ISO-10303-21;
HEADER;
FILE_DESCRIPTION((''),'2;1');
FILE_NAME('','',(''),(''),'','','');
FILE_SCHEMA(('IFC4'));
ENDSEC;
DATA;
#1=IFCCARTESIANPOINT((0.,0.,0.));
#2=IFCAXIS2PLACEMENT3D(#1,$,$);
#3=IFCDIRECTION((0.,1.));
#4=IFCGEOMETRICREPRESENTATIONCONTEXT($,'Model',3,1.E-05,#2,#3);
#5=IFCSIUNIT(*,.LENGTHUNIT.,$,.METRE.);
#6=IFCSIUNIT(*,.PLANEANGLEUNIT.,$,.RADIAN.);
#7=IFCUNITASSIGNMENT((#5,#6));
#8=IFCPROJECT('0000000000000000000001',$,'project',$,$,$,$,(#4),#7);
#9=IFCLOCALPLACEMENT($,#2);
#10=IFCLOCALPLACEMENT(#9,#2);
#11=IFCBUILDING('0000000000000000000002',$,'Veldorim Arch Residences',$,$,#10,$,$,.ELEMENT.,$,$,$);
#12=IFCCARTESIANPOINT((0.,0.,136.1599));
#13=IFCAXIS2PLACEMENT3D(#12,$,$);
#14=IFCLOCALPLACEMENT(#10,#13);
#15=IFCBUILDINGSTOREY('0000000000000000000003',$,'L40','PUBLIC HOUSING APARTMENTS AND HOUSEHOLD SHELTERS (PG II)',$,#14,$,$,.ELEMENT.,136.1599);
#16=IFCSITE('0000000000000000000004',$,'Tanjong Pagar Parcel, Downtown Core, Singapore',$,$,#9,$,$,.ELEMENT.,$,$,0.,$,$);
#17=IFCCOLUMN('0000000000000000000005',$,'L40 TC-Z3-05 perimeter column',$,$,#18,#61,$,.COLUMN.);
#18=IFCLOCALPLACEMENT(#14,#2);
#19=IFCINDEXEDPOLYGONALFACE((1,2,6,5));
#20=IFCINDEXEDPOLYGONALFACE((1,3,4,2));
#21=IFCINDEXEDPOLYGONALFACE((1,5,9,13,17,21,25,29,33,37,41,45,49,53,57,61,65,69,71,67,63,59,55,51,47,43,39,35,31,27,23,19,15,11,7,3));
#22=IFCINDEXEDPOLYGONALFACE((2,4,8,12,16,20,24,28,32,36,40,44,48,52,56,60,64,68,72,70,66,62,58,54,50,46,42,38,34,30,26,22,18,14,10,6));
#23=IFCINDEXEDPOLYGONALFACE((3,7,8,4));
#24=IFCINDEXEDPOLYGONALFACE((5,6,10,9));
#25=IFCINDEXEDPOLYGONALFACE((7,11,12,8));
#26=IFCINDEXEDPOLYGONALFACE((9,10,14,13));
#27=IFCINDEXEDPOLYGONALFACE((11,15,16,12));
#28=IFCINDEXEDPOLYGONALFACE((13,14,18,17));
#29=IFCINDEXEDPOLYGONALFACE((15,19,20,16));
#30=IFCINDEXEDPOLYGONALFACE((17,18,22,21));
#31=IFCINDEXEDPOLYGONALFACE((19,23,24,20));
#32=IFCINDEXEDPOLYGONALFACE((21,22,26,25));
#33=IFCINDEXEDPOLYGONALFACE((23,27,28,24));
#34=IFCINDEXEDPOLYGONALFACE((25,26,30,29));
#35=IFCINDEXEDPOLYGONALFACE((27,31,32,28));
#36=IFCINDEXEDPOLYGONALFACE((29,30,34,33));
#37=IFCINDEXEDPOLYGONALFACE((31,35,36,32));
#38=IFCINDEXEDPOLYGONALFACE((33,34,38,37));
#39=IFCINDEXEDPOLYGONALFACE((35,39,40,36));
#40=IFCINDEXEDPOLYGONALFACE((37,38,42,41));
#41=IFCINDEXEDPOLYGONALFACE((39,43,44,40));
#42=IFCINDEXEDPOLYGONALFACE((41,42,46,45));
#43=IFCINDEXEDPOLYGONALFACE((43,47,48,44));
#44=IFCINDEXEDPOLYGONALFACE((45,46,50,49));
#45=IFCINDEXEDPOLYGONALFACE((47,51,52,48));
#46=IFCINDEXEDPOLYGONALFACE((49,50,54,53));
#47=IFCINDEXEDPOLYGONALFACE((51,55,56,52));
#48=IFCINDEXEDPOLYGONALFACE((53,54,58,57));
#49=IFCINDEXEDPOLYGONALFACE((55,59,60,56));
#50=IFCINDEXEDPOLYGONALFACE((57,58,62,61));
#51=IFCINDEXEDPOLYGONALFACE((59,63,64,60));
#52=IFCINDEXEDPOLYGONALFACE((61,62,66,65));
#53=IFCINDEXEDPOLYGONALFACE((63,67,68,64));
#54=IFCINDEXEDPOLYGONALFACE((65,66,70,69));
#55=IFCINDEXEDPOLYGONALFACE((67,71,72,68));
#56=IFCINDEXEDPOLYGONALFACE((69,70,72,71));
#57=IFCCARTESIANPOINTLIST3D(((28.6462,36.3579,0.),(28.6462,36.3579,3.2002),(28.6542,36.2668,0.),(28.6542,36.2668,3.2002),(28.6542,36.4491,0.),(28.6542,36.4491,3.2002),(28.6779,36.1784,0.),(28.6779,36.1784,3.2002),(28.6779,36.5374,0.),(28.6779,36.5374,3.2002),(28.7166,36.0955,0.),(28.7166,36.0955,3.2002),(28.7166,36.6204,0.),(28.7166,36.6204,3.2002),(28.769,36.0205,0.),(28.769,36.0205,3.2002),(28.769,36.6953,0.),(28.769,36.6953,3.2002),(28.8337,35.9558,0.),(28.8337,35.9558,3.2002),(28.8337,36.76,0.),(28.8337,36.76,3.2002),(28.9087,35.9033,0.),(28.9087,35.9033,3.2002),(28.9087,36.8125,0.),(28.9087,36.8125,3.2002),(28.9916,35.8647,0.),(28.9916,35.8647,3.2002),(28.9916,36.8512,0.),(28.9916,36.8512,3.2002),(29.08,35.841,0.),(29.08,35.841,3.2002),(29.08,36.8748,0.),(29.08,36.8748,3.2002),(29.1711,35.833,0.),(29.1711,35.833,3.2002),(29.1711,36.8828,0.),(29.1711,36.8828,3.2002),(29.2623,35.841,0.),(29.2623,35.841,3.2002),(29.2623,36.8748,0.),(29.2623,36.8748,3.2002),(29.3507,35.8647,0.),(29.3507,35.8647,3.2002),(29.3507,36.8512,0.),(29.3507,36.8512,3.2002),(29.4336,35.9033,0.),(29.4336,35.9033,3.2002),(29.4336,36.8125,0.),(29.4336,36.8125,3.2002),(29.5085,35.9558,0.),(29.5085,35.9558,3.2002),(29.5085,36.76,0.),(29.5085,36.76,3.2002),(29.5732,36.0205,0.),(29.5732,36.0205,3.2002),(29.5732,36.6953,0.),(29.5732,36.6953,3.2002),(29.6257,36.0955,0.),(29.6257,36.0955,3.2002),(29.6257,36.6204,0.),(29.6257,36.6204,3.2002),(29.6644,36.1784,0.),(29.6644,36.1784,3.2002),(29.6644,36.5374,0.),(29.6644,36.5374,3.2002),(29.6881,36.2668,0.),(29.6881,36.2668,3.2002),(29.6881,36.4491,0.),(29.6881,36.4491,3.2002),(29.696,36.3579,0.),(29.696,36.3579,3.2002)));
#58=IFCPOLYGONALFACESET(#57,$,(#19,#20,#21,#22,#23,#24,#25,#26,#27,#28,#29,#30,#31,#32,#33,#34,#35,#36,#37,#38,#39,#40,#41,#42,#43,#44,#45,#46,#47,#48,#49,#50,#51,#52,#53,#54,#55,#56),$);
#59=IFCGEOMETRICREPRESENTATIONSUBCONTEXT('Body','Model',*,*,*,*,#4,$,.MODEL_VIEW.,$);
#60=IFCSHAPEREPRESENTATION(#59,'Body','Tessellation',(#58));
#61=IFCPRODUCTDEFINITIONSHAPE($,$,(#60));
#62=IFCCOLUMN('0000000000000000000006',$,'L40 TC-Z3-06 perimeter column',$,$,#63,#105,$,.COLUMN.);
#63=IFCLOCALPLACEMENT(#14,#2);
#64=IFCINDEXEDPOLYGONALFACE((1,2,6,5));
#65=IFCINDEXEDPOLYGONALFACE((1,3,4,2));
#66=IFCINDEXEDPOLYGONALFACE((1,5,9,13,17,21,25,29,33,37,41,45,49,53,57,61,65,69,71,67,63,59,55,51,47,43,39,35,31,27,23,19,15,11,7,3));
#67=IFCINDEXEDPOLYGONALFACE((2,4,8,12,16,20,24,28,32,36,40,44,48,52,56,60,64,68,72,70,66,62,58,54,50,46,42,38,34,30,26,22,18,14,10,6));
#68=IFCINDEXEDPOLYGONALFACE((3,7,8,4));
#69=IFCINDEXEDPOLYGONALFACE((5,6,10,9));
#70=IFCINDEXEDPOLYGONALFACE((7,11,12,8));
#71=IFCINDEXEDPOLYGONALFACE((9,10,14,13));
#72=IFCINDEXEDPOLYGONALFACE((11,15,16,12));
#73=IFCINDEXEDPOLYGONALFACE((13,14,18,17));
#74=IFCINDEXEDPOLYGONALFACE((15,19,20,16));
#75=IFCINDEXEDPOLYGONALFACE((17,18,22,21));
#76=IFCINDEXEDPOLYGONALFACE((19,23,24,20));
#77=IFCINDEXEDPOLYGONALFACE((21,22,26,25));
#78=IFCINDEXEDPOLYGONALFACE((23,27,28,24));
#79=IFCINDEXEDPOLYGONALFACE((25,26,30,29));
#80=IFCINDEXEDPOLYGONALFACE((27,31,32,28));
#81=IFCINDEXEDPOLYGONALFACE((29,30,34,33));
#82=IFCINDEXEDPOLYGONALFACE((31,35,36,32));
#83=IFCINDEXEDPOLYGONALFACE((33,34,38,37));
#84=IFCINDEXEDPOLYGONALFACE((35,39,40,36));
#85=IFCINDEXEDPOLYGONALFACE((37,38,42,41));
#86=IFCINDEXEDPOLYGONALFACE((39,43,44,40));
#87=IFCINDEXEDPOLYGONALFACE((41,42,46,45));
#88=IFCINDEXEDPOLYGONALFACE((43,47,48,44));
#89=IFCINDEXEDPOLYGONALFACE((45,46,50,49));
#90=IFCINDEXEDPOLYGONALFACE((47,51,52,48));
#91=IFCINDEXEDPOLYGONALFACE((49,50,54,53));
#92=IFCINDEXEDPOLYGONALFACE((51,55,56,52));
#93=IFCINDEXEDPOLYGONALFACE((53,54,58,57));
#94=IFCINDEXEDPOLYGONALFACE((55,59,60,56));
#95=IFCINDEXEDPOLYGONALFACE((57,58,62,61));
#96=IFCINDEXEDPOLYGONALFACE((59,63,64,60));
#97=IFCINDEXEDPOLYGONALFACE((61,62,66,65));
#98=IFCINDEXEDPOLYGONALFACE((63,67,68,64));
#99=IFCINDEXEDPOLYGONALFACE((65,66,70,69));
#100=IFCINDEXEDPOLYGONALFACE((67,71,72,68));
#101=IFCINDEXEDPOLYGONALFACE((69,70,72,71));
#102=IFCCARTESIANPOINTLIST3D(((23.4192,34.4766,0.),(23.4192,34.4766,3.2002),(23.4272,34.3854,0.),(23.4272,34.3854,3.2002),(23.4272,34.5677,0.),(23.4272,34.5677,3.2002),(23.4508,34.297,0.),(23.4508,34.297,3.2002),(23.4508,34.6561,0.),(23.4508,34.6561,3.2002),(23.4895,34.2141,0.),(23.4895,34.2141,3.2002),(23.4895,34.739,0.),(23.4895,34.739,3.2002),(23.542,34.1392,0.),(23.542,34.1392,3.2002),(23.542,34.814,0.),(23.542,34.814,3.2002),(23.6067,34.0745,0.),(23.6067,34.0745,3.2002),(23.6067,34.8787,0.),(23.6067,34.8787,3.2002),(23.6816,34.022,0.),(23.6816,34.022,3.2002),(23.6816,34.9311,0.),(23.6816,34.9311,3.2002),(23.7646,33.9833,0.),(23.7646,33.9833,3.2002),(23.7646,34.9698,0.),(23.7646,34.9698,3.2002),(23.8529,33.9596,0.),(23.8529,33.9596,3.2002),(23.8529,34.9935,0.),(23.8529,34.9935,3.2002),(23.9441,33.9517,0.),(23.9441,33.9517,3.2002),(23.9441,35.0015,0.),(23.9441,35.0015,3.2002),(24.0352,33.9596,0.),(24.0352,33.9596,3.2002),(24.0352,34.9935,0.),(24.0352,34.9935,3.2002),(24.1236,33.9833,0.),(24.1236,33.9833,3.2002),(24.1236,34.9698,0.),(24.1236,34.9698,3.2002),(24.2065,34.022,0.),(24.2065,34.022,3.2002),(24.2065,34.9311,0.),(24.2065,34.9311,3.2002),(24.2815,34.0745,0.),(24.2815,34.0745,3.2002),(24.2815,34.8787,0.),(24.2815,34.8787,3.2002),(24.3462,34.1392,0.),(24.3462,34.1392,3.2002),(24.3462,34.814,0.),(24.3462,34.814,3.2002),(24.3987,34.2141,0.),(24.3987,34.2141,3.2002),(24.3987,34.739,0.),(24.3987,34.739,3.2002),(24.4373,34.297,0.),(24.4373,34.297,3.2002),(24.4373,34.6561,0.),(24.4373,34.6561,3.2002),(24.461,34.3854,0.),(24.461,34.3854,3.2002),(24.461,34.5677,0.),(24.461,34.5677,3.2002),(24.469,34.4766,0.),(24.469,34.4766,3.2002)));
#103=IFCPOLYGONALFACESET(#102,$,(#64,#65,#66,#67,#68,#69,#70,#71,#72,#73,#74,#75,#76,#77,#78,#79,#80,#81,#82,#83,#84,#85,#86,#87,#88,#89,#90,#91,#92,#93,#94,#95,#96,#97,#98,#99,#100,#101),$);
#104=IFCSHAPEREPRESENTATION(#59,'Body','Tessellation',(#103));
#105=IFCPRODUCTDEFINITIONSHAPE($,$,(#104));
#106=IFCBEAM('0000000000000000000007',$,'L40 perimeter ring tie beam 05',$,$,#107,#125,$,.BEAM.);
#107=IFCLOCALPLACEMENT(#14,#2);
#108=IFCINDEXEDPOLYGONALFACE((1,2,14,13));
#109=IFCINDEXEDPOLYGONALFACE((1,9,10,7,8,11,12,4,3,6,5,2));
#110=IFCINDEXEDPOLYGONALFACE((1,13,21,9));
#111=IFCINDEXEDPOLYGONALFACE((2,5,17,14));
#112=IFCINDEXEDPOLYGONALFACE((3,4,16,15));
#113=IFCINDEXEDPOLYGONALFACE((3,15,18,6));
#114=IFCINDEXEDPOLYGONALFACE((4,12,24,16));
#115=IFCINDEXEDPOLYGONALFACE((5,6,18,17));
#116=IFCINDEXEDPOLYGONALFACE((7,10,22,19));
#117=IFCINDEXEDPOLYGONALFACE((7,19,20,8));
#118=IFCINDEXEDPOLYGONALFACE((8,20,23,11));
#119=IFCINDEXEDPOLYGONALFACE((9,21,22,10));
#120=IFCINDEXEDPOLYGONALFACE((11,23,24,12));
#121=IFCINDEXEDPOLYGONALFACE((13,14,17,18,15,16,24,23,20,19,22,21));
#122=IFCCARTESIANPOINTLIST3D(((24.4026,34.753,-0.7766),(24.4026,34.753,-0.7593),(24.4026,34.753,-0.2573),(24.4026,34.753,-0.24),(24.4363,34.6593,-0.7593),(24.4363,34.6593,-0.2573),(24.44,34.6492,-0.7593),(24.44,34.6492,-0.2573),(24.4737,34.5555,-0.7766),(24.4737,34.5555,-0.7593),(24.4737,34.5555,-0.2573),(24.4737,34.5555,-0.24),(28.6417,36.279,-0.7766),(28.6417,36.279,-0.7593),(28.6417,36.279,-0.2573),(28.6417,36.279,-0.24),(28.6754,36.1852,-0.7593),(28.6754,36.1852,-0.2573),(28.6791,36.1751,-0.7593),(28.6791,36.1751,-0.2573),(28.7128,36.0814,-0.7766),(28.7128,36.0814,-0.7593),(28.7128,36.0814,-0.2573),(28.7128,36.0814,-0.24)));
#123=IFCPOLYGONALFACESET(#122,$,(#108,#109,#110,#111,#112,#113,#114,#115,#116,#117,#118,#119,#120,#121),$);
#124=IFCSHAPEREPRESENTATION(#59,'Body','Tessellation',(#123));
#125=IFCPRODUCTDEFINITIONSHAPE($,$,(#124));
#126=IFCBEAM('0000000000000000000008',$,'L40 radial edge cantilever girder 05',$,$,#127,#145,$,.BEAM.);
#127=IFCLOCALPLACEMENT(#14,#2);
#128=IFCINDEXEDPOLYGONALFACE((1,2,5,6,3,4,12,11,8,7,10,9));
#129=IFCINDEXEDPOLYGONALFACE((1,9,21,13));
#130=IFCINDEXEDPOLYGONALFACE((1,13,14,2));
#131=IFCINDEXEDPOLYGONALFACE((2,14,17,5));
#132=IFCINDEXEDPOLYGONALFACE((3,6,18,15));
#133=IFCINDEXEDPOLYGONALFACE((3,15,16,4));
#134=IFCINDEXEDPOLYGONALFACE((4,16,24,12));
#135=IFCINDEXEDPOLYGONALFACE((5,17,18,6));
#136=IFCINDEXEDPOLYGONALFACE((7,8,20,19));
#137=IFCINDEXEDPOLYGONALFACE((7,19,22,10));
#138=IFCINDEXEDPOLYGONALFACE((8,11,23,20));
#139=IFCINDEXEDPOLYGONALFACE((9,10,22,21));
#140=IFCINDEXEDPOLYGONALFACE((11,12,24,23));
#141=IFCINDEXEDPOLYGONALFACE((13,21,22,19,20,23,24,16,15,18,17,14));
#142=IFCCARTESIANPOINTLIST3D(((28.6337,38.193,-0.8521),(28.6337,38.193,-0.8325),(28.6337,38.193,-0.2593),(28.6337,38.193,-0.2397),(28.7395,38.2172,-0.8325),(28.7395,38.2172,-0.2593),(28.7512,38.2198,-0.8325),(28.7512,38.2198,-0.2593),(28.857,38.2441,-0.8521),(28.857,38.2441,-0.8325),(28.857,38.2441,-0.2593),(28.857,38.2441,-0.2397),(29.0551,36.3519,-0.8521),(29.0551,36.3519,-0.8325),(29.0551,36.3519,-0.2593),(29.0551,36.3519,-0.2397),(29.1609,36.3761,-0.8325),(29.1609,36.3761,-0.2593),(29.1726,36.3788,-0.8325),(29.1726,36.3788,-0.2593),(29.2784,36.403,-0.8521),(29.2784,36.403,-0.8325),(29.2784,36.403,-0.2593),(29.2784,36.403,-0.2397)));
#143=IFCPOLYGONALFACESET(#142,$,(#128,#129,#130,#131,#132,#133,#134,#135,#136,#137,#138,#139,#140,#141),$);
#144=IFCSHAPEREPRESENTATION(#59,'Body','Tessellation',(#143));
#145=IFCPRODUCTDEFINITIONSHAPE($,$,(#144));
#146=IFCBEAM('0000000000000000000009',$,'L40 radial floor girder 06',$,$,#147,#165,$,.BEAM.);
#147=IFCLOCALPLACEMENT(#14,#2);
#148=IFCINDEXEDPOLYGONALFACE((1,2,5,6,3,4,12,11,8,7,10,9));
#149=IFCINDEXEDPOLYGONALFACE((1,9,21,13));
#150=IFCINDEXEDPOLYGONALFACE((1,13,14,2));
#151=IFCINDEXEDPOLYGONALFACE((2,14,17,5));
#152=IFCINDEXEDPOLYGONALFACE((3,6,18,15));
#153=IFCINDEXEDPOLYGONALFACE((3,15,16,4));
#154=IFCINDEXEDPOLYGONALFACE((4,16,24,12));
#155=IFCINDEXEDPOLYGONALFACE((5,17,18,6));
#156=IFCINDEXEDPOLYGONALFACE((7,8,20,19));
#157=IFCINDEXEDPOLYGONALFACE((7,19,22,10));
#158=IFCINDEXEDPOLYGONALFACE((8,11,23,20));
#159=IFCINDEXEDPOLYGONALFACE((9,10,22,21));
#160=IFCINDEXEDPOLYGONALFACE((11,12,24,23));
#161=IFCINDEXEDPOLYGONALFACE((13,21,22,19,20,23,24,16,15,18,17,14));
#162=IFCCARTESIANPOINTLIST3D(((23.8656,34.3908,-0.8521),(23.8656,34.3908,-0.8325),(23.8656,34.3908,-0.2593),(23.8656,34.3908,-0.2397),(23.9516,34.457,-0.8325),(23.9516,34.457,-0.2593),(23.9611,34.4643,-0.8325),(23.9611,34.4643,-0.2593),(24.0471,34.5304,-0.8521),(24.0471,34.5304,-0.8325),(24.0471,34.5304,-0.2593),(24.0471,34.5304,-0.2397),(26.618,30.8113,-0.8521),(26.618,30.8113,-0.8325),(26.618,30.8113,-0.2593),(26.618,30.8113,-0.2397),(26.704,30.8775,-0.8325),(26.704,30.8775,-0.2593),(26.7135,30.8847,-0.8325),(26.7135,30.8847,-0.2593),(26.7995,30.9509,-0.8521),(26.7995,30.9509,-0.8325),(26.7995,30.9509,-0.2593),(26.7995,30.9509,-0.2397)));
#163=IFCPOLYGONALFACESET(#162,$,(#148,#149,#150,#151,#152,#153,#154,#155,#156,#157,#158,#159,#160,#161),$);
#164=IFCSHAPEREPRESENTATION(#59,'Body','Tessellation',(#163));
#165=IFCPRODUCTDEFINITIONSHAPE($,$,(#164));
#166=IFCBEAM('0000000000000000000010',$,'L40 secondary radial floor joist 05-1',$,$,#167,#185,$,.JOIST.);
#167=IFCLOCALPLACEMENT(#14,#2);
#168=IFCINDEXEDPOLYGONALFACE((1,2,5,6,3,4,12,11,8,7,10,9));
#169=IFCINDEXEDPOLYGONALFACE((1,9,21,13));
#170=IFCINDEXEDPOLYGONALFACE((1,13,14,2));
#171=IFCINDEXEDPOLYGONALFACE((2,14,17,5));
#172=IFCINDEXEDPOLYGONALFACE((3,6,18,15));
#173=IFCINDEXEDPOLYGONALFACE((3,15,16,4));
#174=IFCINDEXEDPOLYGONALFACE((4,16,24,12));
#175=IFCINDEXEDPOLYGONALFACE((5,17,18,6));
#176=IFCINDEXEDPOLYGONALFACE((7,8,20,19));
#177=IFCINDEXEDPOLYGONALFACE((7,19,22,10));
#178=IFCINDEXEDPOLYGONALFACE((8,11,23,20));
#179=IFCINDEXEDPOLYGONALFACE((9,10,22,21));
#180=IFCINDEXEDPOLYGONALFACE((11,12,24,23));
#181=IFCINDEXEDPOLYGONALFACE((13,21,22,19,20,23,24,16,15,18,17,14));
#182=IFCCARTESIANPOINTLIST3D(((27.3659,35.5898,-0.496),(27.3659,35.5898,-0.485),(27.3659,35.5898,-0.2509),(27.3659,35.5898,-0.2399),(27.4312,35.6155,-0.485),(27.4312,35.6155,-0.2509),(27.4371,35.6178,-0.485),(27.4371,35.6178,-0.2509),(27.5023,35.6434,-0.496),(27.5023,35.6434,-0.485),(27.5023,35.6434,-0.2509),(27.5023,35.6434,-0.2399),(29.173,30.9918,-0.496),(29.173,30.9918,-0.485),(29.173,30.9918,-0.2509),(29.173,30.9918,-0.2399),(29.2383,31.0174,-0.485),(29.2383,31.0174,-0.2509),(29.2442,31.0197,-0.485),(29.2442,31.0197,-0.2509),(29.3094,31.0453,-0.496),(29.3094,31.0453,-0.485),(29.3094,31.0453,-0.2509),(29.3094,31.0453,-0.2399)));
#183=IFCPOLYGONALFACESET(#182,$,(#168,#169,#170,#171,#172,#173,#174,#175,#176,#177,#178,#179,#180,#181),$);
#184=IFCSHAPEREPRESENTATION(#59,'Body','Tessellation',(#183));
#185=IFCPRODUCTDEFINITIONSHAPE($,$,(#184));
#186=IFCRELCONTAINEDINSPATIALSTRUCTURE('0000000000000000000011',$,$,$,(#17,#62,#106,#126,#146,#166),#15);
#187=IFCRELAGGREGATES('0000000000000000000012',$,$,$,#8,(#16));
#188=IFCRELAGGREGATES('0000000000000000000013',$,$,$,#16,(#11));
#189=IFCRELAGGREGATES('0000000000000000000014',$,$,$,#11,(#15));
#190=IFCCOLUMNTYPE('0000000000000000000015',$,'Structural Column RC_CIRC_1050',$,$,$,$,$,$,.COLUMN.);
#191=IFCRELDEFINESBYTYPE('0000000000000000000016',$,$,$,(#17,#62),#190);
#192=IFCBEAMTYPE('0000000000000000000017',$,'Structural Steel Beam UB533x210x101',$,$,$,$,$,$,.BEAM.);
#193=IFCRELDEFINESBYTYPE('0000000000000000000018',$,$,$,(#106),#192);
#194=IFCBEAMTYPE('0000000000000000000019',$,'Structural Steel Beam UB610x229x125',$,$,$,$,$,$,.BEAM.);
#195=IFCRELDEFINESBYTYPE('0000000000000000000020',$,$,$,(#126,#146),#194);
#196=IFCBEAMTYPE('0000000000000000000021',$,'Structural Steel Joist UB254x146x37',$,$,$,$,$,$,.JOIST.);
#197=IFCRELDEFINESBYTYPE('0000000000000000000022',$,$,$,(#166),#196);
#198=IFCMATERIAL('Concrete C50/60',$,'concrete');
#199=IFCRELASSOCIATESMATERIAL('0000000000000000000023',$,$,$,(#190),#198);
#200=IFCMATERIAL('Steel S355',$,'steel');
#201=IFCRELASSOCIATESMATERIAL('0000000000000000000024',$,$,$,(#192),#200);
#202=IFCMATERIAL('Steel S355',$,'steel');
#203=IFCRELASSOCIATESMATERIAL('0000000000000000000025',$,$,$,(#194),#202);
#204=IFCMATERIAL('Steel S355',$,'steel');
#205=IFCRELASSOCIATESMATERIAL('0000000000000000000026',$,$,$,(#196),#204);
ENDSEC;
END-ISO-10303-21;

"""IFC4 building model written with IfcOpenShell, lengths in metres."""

from ifc_helpers import new_model, si_unit, direction, frame, origin, origin_2d, place, context, subcontext, project, spatial, circle, i_section, extrude, material, material_profile, profile_set, type_object, element, save


model = new_model("IFC4")

# Units and contexts
model_context = context("Model", 3, precision=1e-05, world=origin(), true_north=direction((0.0, 1.0)))
body_context = subcontext(model_context, "Body", "Model", "MODEL_VIEW")
ifc_project = project(units=[si_unit("LENGTHUNIT", "METRE"), si_unit("PLANEANGLEUNIT", "RADIAN")], contexts=[model_context])

# Site, building, storey
site_placement = place(None, origin())
site = spatial("IfcSite", under=ifc_project, at=site_placement, Name="Tanjong Pagar Parcel, Downtown Core, Singapore", CompositionType="ELEMENT", RefElevation=0.0)
building_placement = place(site_placement, origin())
building = spatial("IfcBuilding", under=site, at=building_placement, Name="Veldorim Arch Residences", CompositionType="ELEMENT")
storey_placement = place(building_placement, frame((0.0, 0.0, 136.1599)))
storey = spatial("IfcBuildingStorey", under=building, at=storey_placement, Name="L40", Description="PUBLIC HOUSING APARTMENTS AND HOUSEHOLD SHELTERS (PG II)", CompositionType="ELEMENT", Elevation=136.1599)

# Columns
ifc_material_1 = material(Name="Concrete C50/60", Category="concrete")
ifc_material_profile_1 = material_profile(ifc_material_1, circle(Radius=0.5249, at=origin_2d()), Name="RC_CIRC_1050")
ifc_profile_set_1 = profile_set([ifc_material_profile_1], Name="Concrete C50/60")
column_type = type_object("IfcColumnType", Name="Structural Column RC_CIRC_1050", PredefinedType="COLUMN", material=ifc_profile_set_1)
for number, where, z_axis, x_axis, name in (
    (1, (29.1711, 36.3579, 0.0), (0.0, 0.0, 1.0), (1.0, 0.0, 0.0), "L40 TC-Z3-05 perimeter column"),
    (2, (23.9441, 34.4766, 0.0), (0.0, 0.0, 1.0), (1.0, 0.0, 0.0), "L40 TC-Z3-06 perimeter column"),
):
    element("IfcColumn", number, at=place(storey_placement, frame(where, z_axis=z_axis, x_axis=x_axis)), inside=storey, type_object=column_type, Name=name, PredefinedType="COLUMN", context=body_context, shape_type="SweptSolid", body=[
        extrude(circle(Radius=0.5249, at=origin_2d()), origin(), (0.0, 0.0, 1.0), 3.2002),
    ])

# Beams
ifc_material_2 = material(Name="Steel S355", Category="steel")
ifc_material_profile_2 = material_profile(ifc_material_2, i_section(OverallWidth=0.21, OverallDepth=0.5366, WebThickness=0.0107, FlangeThickness=0.0173, at=origin_2d()), Name="UB533x210x101")
ifc_profile_set_2 = profile_set([ifc_material_profile_2], Name="Steel S355")
beam_type_1 = type_object("IfcBeamType", Name="Structural Steel Beam UB533x210x101", PredefinedType="BEAM", material=ifc_profile_set_2)
beam_1_placement = place(storey_placement, frame((28.6772, 36.1802, -0.5083), z_axis=(-0.940899, -0.338687, 0.0), x_axis=(0.338687, -0.940899, 0.0)))
element("IfcBeam", 3, at=beam_1_placement, inside=storey, type_object=beam_type_1, Name="L40 perimeter ring tie beam 05", PredefinedType="BEAM", context=body_context, shape_type="SweptSolid", body=[
    extrude(i_section(OverallWidth=0.21, OverallDepth=0.5366, WebThickness=0.0107, FlangeThickness=0.0173, at=origin_2d()), origin(), (0.0, 0.0, 1.0), 4.5054),
])
ifc_material_3 = material(Name="Steel S355", Category="steel")
ifc_material_profile_3 = material_profile(ifc_material_3, i_section(OverallWidth=0.229, OverallDepth=0.6123, WebThickness=0.012, FlangeThickness=0.0195, at=origin_2d()), Name="UB610x229x125")
ifc_profile_set_3 = profile_set([ifc_material_profile_3], Name="Steel S355")
beam_type_2 = type_object("IfcBeamType", Name="Structural Steel Beam UB610x229x125", PredefinedType="BEAM", material=ifc_profile_set_3)
beam_2_placement = place(storey_placement, frame((29.1667, 36.3774, -0.5459), z_axis=(-0.223113, 0.974793, 0.0), x_axis=(-0.974793, -0.223113, 0.0)))
element("IfcBeam", 4, at=beam_2_placement, inside=storey, type_object=beam_type_2, Name="L40 radial edge cantilever girder 05", PredefinedType="BEAM", context=body_context, shape_type="SweptSolid", body=[
    extrude(i_section(OverallWidth=0.229, OverallDepth=0.6123, WebThickness=0.012, FlangeThickness=0.0195, at=origin_2d()), origin(), (0.0, 0.0, 1.0), 1.8887),
])
beam_3_placement = place(storey_placement, frame((26.7087, 30.8811, -0.5459), z_axis=(-0.609559, 0.792741, 0.0), x_axis=(-0.792741, -0.609559, 0.0)))
element("IfcBeam", 5, at=beam_3_placement, inside=storey, type_object=beam_type_2, Name="L40 radial floor girder 06", PredefinedType="BEAM", context=body_context, shape_type="SweptSolid", body=[
    extrude(i_section(OverallWidth=0.229, OverallDepth=0.6123, WebThickness=0.012, FlangeThickness=0.0195, at=origin_2d()), origin(), (0.0, 0.0, 1.0), 4.5154),
])
ifc_material_4 = material(Name="Steel S355", Category="steel")
ifc_material_profile_4 = material_profile(ifc_material_4, i_section(OverallWidth=0.1465, OverallDepth=0.2561, WebThickness=0.0063, FlangeThickness=0.011, at=origin_2d()), Name="UB254x146x37")
ifc_profile_set_4 = profile_set([ifc_material_profile_4], Name="Steel S355")
beam_type_3 = type_object("IfcBeamType", Name="Structural Steel Joist UB254x146x37", PredefinedType="JOIST", material=ifc_profile_set_4)
beam_4_placement = place(storey_placement, frame((29.2412, 31.0186, -0.3679), z_axis=(-0.365778, 0.930702, 0.0), x_axis=(-0.930702, -0.365778, 0.0)))
element("IfcBeam", 6, at=beam_4_placement, inside=storey, type_object=beam_type_3, Name="L40 secondary radial floor joist 05-1", PredefinedType="JOIST", context=body_context, shape_type="SweptSolid", body=[
    extrude(i_section(OverallWidth=0.1465, OverallDepth=0.2561, WebThickness=0.0063, FlangeThickness=0.011, at=origin_2d()), origin(), (0.0, 0.0, 1.0), 4.9404),
])

save(model, "model.ifc")
